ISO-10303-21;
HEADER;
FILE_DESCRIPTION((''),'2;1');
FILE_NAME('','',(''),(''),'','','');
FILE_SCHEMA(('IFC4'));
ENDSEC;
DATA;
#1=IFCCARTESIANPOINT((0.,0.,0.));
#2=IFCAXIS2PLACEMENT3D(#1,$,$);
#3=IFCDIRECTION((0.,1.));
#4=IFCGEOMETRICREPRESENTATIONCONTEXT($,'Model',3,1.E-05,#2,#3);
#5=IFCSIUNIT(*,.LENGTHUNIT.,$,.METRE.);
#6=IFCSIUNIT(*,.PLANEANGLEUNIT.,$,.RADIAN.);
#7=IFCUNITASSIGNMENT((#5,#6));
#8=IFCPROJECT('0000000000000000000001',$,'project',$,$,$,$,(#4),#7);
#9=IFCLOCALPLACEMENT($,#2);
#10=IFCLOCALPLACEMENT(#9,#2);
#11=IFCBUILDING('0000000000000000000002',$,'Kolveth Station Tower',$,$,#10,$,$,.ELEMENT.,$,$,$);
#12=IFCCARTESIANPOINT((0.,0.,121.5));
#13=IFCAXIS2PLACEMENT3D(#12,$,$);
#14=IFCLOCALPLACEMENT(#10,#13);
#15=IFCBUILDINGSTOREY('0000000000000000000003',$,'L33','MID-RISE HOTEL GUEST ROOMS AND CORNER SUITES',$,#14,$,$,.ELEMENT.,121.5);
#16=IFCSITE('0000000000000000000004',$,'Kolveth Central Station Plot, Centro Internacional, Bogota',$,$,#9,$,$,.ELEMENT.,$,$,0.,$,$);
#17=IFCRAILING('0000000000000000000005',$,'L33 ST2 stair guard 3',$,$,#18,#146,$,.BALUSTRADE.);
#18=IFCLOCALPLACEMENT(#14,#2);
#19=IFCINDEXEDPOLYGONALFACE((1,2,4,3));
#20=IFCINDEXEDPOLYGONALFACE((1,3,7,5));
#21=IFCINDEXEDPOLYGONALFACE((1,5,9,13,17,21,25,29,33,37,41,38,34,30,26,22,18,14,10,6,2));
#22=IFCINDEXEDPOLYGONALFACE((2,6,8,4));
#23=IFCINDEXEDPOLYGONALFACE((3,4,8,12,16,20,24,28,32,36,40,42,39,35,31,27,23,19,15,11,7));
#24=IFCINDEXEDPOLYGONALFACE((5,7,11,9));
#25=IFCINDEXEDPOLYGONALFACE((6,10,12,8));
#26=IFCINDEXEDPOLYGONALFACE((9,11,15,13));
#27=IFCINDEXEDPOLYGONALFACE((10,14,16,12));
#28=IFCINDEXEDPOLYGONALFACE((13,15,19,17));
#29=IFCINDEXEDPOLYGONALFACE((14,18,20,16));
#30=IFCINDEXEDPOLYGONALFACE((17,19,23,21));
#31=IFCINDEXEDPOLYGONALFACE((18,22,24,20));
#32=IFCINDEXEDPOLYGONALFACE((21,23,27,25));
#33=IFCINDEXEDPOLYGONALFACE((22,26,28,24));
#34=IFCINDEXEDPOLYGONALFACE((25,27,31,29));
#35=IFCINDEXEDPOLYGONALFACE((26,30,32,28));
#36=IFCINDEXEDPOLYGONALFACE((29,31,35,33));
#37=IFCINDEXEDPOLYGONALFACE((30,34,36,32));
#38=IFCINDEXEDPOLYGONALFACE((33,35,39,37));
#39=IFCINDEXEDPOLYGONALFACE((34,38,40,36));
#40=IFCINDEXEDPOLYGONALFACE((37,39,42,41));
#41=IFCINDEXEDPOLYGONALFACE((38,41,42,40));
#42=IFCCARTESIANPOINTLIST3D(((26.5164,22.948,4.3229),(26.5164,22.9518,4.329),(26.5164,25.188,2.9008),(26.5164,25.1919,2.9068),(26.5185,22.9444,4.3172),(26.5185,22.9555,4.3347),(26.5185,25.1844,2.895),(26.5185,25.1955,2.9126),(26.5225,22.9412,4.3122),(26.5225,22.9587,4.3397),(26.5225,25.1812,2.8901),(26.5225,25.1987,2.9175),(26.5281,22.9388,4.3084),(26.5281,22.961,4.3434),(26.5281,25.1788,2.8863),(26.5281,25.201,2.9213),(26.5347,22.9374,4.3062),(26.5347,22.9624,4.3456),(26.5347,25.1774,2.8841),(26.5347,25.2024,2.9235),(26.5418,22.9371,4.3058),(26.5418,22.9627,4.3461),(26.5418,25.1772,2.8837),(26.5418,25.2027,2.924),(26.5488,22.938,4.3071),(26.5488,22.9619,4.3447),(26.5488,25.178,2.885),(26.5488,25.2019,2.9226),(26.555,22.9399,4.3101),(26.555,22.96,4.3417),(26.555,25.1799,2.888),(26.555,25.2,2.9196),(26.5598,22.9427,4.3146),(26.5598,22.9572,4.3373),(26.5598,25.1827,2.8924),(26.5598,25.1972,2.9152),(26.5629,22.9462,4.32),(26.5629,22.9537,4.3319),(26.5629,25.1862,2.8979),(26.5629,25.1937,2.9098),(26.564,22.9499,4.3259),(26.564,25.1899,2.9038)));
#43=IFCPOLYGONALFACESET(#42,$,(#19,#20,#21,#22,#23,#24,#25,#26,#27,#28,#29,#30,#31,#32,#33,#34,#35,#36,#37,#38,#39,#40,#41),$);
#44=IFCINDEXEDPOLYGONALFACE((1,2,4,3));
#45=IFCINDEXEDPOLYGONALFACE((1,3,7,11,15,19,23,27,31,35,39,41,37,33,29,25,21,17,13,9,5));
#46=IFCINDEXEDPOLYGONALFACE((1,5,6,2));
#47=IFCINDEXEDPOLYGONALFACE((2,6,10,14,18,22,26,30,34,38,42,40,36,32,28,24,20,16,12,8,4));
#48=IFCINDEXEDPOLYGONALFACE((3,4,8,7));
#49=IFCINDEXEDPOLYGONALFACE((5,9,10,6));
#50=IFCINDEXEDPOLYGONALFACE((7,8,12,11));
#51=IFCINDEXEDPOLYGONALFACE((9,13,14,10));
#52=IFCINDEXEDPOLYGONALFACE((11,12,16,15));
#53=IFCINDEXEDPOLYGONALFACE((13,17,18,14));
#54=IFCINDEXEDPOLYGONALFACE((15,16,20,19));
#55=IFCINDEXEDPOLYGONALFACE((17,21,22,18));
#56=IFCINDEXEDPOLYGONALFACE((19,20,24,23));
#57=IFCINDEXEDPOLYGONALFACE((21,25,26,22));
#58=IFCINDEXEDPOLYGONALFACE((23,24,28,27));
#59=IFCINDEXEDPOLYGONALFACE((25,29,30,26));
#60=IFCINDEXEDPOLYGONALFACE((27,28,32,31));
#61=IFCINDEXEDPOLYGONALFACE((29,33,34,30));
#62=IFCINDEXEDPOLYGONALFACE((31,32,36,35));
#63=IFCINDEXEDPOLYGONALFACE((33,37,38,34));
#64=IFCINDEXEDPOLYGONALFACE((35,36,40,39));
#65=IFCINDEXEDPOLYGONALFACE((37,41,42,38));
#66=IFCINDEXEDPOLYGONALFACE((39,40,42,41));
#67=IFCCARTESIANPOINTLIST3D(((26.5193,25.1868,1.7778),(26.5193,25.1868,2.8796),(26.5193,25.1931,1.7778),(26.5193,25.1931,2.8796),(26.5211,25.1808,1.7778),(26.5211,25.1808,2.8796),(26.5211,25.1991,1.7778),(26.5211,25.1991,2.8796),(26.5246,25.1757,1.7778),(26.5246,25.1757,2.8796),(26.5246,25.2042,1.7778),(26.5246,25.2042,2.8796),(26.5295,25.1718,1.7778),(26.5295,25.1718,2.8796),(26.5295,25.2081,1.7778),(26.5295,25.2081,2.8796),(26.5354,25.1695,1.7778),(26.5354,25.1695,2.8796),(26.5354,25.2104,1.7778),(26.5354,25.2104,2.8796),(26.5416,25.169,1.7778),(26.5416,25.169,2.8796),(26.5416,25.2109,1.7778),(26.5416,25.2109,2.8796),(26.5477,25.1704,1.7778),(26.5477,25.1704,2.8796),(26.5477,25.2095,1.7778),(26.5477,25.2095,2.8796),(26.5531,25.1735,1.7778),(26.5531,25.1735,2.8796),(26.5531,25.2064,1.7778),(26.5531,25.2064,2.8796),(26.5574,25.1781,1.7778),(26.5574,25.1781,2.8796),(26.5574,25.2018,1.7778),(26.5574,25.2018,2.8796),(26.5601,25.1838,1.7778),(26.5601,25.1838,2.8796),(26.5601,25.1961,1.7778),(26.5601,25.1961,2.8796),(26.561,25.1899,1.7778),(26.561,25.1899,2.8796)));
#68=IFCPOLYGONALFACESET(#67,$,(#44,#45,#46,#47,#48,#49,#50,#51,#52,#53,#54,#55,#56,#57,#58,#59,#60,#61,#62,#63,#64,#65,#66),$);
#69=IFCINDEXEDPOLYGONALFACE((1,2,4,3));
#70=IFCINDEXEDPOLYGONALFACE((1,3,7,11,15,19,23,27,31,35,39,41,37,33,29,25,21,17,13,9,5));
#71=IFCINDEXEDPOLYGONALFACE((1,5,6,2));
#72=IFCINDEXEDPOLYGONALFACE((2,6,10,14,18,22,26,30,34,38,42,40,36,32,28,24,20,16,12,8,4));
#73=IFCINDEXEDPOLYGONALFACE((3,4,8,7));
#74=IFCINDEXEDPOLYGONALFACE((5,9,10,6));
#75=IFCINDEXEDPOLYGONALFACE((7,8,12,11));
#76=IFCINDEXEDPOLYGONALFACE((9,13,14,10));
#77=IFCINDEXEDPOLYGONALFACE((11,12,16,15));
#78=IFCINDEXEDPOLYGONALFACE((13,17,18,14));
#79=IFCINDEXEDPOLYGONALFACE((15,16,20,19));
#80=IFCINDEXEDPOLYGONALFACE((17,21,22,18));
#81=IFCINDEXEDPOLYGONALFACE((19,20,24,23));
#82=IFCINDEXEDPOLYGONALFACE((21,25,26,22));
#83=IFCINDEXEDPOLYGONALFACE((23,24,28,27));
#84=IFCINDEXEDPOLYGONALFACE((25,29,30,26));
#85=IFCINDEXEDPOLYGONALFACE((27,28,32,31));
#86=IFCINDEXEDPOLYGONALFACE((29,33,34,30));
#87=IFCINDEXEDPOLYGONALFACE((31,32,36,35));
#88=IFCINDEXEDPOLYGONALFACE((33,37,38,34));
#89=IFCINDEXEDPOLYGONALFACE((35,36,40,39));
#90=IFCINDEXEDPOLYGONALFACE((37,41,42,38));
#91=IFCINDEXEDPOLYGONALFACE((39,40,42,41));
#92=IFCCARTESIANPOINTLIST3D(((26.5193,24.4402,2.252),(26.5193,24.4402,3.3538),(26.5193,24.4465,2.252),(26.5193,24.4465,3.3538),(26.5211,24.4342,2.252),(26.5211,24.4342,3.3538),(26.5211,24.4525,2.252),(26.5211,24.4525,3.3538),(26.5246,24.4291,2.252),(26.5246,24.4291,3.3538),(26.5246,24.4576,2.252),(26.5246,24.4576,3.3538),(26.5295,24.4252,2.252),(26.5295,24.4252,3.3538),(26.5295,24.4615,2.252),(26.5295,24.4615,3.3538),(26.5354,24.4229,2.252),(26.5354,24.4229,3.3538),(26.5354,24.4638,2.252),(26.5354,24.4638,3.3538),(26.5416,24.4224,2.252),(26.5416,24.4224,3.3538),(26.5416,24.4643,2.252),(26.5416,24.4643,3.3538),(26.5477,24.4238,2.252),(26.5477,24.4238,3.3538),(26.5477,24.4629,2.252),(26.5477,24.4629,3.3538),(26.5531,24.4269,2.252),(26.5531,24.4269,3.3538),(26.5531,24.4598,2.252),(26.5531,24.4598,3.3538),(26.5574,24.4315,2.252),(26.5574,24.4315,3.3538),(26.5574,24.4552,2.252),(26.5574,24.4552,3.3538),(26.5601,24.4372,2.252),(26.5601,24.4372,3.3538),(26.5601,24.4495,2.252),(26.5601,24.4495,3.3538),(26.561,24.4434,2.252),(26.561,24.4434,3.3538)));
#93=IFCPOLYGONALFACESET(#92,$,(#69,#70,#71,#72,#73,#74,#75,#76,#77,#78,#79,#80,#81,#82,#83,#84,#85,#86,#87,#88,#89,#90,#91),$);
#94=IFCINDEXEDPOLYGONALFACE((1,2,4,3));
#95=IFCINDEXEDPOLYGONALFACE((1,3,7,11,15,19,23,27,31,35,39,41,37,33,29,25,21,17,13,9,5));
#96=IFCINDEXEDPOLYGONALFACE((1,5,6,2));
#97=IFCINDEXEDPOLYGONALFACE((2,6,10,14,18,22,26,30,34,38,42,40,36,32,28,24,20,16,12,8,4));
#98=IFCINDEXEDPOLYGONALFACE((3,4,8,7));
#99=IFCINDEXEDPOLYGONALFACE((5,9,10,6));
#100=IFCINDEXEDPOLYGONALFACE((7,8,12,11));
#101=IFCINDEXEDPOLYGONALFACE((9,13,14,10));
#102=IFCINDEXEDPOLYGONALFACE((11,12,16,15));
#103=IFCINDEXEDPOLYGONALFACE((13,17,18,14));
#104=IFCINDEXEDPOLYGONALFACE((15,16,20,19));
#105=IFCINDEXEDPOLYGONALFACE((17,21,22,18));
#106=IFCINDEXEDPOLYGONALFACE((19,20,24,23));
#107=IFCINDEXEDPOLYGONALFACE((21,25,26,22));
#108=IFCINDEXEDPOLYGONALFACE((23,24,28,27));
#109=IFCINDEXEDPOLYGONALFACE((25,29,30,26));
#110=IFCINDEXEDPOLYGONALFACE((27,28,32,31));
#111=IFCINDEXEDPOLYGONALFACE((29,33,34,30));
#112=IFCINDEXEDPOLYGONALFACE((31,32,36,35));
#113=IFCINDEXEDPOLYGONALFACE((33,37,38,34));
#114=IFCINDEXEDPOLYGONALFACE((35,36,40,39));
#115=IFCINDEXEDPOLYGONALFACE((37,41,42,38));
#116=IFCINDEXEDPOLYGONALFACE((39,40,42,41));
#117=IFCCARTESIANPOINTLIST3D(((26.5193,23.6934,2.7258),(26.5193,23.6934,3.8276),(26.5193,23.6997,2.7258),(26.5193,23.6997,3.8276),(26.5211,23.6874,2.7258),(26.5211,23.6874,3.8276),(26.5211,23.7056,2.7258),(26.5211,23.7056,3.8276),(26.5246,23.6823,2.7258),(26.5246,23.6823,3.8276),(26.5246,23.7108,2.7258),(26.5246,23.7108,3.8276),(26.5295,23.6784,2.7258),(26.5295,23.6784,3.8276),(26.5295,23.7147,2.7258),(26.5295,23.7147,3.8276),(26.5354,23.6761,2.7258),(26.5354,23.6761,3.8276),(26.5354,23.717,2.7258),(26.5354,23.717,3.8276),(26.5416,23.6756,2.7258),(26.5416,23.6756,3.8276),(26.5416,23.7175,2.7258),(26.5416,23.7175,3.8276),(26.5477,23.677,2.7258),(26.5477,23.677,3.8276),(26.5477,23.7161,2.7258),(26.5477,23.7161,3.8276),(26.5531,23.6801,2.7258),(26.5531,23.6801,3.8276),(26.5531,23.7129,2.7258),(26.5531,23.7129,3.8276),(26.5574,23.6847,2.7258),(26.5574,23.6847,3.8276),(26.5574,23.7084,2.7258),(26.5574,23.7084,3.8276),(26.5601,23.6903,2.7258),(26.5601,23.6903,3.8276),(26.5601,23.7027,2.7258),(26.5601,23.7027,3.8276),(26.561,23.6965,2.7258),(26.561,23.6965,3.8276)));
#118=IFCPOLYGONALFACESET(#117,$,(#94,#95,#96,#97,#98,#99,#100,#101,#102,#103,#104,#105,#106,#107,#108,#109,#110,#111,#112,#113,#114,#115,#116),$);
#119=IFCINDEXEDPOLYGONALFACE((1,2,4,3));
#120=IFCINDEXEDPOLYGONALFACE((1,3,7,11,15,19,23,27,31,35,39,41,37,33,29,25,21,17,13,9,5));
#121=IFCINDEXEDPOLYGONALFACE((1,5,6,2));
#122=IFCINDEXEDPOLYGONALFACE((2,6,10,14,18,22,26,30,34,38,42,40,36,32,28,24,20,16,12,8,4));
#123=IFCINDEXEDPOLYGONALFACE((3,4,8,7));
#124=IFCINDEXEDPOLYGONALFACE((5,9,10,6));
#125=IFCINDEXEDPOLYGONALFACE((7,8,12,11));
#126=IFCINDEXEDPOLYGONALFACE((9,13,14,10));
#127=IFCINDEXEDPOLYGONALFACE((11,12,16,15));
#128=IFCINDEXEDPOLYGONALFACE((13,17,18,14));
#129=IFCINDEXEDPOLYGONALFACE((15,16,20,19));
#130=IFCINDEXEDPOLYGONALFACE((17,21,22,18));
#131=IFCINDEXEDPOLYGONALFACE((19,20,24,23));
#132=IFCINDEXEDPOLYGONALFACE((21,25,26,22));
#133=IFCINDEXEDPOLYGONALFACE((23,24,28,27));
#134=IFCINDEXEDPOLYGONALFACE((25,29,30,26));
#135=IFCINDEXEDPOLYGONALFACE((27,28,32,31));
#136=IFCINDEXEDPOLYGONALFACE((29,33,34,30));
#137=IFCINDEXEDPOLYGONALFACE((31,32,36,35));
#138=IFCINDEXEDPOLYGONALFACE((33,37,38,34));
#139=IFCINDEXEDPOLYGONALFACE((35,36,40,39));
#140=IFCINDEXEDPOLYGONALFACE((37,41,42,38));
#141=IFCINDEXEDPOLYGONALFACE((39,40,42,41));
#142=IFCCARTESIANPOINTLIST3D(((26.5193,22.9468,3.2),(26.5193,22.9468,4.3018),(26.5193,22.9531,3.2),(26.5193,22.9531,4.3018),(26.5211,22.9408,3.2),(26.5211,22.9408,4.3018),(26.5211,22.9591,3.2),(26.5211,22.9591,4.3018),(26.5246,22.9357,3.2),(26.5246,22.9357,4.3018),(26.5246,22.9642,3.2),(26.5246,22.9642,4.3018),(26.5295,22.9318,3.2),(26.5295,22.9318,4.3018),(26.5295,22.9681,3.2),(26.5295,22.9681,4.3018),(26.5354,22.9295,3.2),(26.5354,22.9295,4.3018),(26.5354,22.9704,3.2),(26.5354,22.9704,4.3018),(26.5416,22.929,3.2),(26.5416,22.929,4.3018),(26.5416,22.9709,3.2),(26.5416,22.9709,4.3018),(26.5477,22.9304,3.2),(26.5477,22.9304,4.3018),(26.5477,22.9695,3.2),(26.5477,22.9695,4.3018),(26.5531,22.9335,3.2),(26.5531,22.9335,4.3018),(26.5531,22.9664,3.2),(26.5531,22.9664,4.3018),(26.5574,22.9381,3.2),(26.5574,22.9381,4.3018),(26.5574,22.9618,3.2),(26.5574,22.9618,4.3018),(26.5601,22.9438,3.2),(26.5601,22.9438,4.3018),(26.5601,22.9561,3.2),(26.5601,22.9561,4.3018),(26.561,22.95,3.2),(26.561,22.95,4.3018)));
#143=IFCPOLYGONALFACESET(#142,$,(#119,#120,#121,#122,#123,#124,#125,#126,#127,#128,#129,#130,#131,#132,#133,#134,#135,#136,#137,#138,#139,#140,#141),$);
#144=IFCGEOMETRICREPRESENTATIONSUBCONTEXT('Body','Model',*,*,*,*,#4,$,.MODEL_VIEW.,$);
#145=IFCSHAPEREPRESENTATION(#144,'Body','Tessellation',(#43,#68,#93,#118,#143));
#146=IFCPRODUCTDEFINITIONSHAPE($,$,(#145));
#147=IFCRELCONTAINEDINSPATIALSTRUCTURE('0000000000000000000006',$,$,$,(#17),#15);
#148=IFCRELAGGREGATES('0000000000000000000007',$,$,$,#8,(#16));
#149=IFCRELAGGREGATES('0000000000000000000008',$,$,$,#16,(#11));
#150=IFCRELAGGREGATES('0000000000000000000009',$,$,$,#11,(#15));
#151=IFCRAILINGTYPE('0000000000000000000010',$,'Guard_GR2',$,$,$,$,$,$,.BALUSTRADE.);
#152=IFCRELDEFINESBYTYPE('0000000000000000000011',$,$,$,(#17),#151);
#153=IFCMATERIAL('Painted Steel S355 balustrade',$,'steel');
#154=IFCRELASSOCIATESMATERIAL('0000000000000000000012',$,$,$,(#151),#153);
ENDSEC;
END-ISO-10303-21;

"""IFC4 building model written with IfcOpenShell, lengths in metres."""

from ifc_helpers import new_model, si_unit, direction, frame, origin, origin_2d, place, context, subcontext, project, spatial, circle, extrude, material, type_object, element, save


model = new_model("IFC4")

# Units and contexts
model_context = context("Model", 3, precision=1e-05, world=origin(), true_north=direction((0.0, 1.0)))
body_context = subcontext(model_context, "Body", "Model", "MODEL_VIEW")
ifc_project = project(units=[si_unit("LENGTHUNIT", "METRE"), si_unit("PLANEANGLEUNIT", "RADIAN")], contexts=[model_context])

# Site, building, storey
site_placement = place(None, origin())
site = spatial("IfcSite", under=ifc_project, at=site_placement, Name="Kolveth Central Station Plot, Centro Internacional, Bogota", CompositionType="ELEMENT", RefElevation=0.0)
building_placement = place(site_placement, origin())
building = spatial("IfcBuilding", under=site, at=building_placement, Name="Kolveth Station Tower", CompositionType="ELEMENT")
storey_placement = place(building_placement, frame((0.0, 0.0, 121.5)))
storey = spatial("IfcBuildingStorey", under=building, at=storey_placement, Name="L33", Description="MID-RISE HOTEL GUEST ROOMS AND CORNER SUITES", CompositionType="ELEMENT", Elevation=121.5)

# Railing
ifc_material_1 = material(Name="Painted Steel S355 balustrade", Category="steel")
railing_type_1 = type_object("IfcRailingType", Name="Guard_GR2", PredefinedType="BALUSTRADE", material=ifc_material_1)
railing_1_placement = place(storey_placement, frame((26.54, 25.1899, 1.7778)))
element("IfcRailing", 1, at=railing_1_placement, inside=storey, type_object=railing_type_1, Name="L33 ST2 stair guard 3", PredefinedType="BALUSTRADE", context=body_context, shape_type="SweptSolid", body=[
    extrude(circle(Radius=0.0239, at=origin_2d()), frame((0.0, 0.0, 1.126), z_axis=(0.0, -0.844229, 0.535982), x_axis=(1.0, 0.0, 0.0)), (0.0, 0.0, 1.0), 2.6533),
    extrude(circle(Radius=0.021, at=origin_2d()), origin(), (0.0, 0.0, 1.0), 1.1018),
    extrude(circle(Radius=0.021, at=origin_2d()), frame((0.0, -0.7466, 0.4741)), (0.0, 0.0, 1.0), 1.1018),
    extrude(circle(Radius=0.021, at=origin_2d()), frame((0.0, -1.4934, 0.948)), (0.0, 0.0, 1.0), 1.1018),
    extrude(circle(Radius=0.021, at=origin_2d()), frame((0.0, -2.24, 1.4221)), (0.0, 0.0, 1.0), 1.1018),
])

save(model, "model.ifc")
